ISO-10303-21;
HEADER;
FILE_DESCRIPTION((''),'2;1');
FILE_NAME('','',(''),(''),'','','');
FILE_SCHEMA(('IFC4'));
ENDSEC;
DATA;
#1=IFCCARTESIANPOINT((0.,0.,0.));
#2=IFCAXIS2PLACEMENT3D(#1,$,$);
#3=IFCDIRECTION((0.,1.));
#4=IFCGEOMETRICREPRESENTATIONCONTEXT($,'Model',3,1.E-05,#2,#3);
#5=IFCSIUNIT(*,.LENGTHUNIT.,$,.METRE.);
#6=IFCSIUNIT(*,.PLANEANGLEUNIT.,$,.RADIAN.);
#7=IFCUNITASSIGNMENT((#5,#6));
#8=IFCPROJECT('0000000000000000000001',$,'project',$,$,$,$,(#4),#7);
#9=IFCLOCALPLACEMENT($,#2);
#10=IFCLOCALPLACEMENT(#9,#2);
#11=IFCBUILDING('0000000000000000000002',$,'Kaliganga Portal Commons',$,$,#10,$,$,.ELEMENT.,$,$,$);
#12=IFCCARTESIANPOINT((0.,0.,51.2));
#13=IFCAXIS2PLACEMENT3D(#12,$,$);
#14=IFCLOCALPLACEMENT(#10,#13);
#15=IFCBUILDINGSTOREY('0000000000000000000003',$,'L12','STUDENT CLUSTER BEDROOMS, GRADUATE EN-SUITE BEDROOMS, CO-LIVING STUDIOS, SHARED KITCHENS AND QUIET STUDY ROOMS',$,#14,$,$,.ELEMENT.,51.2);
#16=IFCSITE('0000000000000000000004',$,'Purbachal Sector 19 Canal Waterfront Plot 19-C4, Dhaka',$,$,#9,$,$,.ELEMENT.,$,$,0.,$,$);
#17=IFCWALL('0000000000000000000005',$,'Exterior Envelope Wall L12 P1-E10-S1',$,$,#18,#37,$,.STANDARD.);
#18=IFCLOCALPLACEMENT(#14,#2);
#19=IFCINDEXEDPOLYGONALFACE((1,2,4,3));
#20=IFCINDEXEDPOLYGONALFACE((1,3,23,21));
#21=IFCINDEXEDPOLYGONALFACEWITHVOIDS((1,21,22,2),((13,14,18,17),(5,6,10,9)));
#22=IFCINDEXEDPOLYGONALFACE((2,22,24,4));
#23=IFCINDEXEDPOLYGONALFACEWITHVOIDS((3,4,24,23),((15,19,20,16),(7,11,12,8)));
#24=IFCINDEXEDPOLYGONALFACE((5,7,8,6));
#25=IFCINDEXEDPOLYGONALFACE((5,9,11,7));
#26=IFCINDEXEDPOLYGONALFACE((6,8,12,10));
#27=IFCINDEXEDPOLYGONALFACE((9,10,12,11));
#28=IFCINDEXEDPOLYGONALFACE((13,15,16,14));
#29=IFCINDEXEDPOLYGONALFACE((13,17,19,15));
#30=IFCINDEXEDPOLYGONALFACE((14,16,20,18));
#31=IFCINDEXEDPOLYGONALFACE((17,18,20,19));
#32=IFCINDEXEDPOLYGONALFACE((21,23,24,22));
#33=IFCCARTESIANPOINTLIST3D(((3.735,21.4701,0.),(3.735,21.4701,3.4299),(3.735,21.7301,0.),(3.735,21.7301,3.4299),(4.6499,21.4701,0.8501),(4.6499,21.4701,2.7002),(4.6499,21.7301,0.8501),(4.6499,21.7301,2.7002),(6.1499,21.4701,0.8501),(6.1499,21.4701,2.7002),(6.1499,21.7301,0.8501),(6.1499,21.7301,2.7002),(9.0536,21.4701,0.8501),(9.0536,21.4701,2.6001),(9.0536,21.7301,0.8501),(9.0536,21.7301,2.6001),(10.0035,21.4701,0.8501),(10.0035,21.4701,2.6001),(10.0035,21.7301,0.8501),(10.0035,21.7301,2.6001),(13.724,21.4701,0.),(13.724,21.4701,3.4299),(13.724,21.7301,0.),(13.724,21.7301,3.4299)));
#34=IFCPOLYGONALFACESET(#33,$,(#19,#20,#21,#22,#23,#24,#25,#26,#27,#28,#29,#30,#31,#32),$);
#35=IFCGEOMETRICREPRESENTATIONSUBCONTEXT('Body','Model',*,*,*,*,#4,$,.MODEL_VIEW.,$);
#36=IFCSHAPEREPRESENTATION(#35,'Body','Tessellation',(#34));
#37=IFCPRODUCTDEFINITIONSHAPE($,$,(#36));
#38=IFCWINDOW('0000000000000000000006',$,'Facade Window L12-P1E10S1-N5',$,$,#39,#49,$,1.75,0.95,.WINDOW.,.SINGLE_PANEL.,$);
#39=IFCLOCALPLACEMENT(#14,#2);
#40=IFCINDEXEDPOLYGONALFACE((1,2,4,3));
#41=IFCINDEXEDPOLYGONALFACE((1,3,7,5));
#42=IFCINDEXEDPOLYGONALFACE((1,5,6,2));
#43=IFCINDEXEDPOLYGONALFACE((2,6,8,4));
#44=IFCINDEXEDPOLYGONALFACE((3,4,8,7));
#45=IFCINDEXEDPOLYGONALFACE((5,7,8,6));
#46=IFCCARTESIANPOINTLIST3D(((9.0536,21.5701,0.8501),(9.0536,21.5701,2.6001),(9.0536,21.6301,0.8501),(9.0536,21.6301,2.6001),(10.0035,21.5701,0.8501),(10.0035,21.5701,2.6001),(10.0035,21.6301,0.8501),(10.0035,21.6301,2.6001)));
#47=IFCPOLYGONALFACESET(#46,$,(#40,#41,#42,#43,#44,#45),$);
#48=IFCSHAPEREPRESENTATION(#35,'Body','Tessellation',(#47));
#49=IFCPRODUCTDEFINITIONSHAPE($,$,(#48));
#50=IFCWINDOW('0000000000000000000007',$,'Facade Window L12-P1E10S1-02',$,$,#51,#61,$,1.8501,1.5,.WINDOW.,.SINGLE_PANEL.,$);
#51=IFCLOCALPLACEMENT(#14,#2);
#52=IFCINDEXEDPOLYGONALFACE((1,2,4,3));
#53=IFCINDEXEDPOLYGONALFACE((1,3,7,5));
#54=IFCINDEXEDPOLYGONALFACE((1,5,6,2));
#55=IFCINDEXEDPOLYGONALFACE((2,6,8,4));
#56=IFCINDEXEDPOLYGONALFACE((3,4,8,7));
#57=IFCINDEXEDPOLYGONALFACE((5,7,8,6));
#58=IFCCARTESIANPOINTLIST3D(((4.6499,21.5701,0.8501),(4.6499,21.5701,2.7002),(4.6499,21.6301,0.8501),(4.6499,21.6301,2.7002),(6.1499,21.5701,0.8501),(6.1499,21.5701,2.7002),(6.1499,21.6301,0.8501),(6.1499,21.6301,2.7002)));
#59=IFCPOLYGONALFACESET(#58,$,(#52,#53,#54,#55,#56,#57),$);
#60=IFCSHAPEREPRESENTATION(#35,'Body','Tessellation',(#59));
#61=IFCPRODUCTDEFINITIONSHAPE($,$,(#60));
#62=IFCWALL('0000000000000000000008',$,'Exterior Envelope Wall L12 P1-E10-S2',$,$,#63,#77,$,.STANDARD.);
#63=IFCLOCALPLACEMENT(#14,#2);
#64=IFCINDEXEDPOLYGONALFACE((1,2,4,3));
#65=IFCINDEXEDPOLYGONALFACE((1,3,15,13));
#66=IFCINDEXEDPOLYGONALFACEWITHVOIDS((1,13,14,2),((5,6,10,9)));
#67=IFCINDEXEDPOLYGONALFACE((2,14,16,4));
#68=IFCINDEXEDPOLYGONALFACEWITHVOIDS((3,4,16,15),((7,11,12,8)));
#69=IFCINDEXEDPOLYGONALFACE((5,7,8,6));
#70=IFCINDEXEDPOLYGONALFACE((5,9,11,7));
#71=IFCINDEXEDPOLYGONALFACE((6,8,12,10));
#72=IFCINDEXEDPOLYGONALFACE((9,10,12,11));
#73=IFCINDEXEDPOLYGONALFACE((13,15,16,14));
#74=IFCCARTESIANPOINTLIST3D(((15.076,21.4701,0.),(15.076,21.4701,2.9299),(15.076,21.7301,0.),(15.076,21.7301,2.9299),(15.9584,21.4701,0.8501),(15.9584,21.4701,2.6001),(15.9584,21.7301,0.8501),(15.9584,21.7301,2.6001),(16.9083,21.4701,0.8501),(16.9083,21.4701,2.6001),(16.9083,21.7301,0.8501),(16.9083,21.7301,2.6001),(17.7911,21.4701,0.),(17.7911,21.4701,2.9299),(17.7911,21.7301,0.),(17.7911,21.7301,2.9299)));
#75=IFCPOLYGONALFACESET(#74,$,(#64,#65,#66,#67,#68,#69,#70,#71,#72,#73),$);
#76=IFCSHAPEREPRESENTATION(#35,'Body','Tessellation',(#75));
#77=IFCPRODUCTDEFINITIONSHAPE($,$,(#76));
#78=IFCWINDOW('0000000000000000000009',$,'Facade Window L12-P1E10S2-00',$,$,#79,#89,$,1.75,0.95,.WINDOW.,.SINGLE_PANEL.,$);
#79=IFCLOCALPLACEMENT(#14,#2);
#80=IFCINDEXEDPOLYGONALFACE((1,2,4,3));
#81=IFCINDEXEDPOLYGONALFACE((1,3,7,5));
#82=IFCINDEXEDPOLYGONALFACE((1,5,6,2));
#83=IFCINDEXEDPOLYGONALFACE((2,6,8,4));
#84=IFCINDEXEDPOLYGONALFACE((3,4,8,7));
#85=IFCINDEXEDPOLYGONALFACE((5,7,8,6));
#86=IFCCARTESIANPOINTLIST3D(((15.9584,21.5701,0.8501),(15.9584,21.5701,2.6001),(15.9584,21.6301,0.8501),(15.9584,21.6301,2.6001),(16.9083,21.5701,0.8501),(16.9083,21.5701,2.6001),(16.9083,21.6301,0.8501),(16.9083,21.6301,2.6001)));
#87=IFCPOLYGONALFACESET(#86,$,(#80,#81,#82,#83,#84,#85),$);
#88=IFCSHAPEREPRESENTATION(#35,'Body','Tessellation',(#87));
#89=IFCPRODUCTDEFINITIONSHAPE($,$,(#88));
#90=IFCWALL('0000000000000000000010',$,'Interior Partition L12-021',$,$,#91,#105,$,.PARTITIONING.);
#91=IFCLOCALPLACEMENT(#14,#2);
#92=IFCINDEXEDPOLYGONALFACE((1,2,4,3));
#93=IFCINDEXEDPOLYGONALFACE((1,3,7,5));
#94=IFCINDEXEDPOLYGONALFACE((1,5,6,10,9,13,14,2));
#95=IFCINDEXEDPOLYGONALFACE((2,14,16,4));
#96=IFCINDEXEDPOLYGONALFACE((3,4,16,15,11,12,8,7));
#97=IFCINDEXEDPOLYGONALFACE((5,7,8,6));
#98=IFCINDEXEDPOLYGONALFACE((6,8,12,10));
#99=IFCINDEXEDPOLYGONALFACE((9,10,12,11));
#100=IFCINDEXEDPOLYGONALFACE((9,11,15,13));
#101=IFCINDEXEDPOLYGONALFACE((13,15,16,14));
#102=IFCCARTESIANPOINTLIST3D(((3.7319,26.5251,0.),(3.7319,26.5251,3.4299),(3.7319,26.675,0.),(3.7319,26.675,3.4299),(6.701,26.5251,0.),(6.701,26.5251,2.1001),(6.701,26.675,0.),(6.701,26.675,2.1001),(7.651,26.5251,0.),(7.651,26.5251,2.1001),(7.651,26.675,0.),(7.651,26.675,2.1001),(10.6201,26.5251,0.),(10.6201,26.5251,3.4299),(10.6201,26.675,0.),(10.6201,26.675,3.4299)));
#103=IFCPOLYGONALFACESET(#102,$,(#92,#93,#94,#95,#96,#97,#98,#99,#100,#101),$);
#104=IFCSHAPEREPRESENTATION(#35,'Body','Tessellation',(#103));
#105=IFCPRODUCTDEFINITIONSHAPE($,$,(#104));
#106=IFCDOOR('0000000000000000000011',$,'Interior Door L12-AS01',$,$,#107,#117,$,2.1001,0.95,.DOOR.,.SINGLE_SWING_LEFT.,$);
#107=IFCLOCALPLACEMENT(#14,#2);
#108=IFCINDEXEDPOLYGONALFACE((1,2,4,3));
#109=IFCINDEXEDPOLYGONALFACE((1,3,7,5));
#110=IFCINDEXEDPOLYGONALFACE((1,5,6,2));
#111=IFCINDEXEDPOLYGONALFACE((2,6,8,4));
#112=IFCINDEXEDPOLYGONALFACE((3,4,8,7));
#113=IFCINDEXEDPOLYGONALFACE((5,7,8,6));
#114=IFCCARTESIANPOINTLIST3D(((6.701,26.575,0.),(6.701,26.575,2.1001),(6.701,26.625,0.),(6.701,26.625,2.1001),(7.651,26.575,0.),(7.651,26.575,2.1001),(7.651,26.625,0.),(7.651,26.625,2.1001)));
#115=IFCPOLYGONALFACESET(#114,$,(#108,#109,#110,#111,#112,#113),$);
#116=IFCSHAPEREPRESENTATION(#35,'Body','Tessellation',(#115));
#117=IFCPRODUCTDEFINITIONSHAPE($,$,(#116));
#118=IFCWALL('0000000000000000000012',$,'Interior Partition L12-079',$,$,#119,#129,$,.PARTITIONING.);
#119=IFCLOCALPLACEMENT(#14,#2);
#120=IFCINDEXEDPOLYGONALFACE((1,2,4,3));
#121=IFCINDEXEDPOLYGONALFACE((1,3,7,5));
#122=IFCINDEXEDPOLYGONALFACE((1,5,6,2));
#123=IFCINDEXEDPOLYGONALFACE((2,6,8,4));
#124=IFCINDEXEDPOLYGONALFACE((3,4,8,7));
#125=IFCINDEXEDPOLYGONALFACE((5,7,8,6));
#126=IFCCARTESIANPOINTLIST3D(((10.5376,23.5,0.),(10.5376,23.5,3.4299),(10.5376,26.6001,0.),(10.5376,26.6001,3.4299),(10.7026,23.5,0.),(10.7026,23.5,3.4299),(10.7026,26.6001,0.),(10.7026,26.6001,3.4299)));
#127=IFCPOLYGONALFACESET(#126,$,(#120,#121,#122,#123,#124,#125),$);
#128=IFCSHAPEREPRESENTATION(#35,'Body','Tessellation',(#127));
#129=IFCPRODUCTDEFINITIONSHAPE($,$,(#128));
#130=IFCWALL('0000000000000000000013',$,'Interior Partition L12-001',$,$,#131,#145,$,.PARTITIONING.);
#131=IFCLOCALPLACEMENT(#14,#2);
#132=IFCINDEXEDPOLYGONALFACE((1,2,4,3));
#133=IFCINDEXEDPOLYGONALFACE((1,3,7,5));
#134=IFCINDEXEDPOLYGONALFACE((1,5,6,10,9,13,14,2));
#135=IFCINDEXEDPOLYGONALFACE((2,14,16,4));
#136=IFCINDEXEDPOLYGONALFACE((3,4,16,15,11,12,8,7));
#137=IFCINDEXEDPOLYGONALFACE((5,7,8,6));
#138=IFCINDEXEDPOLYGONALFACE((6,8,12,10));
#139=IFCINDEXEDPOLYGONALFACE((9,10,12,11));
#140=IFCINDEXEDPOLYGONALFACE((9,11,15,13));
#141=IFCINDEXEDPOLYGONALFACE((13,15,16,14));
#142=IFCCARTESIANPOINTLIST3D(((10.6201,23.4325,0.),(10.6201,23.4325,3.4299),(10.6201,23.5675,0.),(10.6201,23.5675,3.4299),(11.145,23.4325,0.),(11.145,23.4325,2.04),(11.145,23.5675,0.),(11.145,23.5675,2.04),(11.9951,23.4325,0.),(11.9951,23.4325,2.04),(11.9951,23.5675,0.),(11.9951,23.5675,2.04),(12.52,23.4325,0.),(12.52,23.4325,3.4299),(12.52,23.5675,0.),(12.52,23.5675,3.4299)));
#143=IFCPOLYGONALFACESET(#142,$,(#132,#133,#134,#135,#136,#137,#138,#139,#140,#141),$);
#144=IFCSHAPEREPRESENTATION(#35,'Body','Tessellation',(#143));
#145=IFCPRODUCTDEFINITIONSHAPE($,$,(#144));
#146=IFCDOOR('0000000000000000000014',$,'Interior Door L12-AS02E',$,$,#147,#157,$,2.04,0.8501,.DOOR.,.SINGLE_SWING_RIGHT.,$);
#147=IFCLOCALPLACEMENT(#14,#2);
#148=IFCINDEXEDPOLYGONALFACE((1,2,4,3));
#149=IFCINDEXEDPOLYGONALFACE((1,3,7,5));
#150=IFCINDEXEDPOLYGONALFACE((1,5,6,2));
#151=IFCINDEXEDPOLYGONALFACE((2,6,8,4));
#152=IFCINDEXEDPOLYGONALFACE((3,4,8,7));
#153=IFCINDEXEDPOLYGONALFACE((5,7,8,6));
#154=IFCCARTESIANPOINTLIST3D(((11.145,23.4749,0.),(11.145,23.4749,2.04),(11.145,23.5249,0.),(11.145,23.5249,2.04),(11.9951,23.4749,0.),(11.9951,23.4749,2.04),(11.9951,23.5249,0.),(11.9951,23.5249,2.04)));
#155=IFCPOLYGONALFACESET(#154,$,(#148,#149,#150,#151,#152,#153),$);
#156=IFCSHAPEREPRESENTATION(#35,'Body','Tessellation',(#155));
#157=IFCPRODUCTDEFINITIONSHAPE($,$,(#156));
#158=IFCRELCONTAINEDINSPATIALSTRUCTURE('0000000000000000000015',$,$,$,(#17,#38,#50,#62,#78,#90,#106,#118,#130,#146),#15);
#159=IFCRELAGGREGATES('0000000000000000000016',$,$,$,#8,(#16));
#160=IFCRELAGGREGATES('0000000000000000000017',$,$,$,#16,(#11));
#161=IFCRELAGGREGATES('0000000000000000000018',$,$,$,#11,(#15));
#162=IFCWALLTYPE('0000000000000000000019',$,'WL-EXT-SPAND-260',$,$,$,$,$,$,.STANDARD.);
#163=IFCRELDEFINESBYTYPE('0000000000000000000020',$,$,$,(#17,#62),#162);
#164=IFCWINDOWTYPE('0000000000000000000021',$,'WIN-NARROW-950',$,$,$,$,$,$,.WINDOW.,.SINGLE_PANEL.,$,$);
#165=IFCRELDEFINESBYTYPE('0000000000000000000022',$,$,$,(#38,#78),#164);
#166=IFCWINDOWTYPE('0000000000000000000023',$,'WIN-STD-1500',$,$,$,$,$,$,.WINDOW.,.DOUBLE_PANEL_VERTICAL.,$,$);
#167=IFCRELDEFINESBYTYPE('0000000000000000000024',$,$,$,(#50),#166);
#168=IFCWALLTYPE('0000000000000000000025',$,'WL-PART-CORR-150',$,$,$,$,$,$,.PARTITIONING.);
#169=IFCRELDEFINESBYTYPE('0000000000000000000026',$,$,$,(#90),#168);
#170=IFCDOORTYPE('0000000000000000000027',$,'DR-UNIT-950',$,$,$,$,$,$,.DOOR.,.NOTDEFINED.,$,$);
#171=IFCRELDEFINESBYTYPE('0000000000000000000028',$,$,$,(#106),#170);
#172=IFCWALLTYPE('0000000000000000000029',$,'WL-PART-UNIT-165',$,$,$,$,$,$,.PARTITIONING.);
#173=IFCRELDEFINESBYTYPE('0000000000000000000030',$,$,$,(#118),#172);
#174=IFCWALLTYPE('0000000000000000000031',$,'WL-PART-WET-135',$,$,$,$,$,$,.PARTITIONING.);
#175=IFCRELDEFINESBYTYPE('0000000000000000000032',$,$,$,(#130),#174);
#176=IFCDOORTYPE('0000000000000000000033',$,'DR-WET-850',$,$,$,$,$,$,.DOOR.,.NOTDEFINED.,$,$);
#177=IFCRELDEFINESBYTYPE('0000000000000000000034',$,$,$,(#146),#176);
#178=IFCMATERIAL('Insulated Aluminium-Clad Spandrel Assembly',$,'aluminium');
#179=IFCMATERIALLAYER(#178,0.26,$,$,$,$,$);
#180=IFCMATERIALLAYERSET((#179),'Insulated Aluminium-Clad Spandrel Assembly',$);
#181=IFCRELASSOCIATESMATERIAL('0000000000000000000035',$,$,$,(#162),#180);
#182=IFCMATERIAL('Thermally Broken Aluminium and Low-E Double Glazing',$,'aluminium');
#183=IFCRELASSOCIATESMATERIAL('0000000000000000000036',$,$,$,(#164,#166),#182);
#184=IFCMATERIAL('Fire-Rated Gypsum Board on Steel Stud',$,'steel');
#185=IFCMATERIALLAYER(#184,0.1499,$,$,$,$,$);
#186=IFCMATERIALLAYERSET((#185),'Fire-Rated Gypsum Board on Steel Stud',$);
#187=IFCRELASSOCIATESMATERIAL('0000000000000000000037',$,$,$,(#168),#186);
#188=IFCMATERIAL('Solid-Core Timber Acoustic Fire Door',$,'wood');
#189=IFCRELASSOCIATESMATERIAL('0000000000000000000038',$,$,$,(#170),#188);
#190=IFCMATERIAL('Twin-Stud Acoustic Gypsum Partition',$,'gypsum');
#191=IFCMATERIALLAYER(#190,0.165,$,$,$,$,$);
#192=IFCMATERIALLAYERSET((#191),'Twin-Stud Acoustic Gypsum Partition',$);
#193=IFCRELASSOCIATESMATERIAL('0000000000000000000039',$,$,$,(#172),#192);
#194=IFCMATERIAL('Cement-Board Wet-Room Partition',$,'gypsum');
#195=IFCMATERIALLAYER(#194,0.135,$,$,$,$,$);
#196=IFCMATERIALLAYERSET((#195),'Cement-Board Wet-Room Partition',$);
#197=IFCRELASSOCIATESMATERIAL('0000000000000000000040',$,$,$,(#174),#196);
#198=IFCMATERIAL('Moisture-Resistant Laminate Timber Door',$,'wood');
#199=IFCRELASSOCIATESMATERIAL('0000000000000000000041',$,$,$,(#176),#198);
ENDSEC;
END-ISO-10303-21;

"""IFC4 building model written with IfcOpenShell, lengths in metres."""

from ifc_helpers import new_model, si_unit, direction, frame, frame_2d, origin, place, context, subcontext, project, spatial, rectangle, extrude, material, layer, layer_set, type_object, element, fill, save


model = new_model("IFC4")

# Units and contexts
model_context = context("Model", 3, precision=1e-05, world=origin(), true_north=direction((0.0, 1.0)))
body_context = subcontext(model_context, "Body", "Model", "MODEL_VIEW")
ifc_project = project(units=[si_unit("LENGTHUNIT", "METRE"), si_unit("PLANEANGLEUNIT", "RADIAN")], contexts=[model_context])

# Site, building, storey
site_placement = place(None, origin())
site = spatial("IfcSite", under=ifc_project, at=site_placement, Name="Purbachal Sector 19 Canal Waterfront Plot 19-C4, Dhaka", CompositionType="ELEMENT", RefElevation=0.0)
building_placement = place(site_placement, origin())
building = spatial("IfcBuilding", under=site, at=building_placement, Name="Kaliganga Portal Commons", CompositionType="ELEMENT")
storey_placement = place(building_placement, frame((0.0, 0.0, 51.2)))
storey = spatial("IfcBuildingStorey", under=building, at=storey_placement, Name="L12", Description="STUDENT CLUSTER BEDROOMS, GRADUATE EN-SUITE BEDROOMS, CO-LIVING STUDIOS, SHARED KITCHENS AND QUIET STUDY ROOMS", CompositionType="ELEMENT", Elevation=51.2)

# Wall, openings, windows
ifc_material_1 = material(Name="Insulated Aluminium-Clad Spandrel Assembly", Category="aluminium")
ifc_layer_1 = layer(ifc_material_1, 0.26)
ifc_layer_set_1 = layer_set([ifc_layer_1], Name="Insulated Aluminium-Clad Spandrel Assembly")
wall_type_1 = type_object("IfcWallType", Name="WL-EXT-SPAND-260", PredefinedType="STANDARD", material=ifc_layer_set_1)
ifc_material_2 = material(Name="Thermally Broken Aluminium and Low-E Double Glazing", Category="aluminium")
window_type_1 = type_object("IfcWindowType", Name="WIN-NARROW-950", PartitioningType="SINGLE_PANEL", PredefinedType="WINDOW", material=ifc_material_2)
window_type_2 = type_object("IfcWindowType", Name="WIN-STD-1500", PartitioningType="DOUBLE_PANEL_VERTICAL", PredefinedType="WINDOW", material=ifc_material_2)
wall_1_placement = place(storey_placement, frame((13.7241, 21.6001, 0.0), z_axis=(0.0, 0.0, 1.0), x_axis=(-1.0, 0.0, 0.0)))
wall_1 = element("IfcWall", 1, at=wall_1_placement, inside=storey, type_object=wall_type_1, Name="Exterior Envelope Wall L12 P1-E10-S1", PredefinedType="STANDARD", context=body_context, shape_type="SweptSolid", body=[
    extrude(rectangle(XDim=9.989, YDim=0.26, at=frame_2d((4.9946, 0.0))), origin(), (0.0, 0.0, 1.0), 3.4299),
])
opening_1_placement = place(wall_1_placement, frame((7.5742, 0.0, 0.8501)))
opening_1 = element("IfcOpeningElement", 2, at=opening_1_placement, cuts=wall_1, PredefinedType="OPENING", context=body_context, shape_type="SweptSolid", body=[
    extrude(rectangle(XDim=1.5, YDim=1.8501, at=frame_2d((0.75, 0.925))), frame((0.0, 0.1401, 0.0), z_axis=(0.0, -1.0, 0.0), x_axis=(1.0, 0.0, 0.0)), (0.0, 0.0, 1.0), 0.28),
])
opening_2_placement = place(wall_1_placement, frame((3.7205, 0.0, 0.8501)))
opening_2 = element("IfcOpeningElement", 3, at=opening_2_placement, cuts=wall_1, PredefinedType="OPENING", context=body_context, shape_type="SweptSolid", body=[
    extrude(rectangle(XDim=0.95, YDim=1.75, at=frame_2d((0.4751, 0.875))), frame((0.0, 0.1401, 0.0), z_axis=(0.0, -1.0, 0.0), x_axis=(1.0, 0.0, 0.0)), (0.0, 0.0, 1.0), 0.28),
])
window_1_placement = place(opening_2_placement, origin())
window_1 = element("IfcWindow", 4, at=window_1_placement, inside=storey, type_object=window_type_1, Name="Facade Window L12-P1E10S1-N5", OverallHeight=1.75, OverallWidth=0.95, PartitioningType="SINGLE_PANEL", PredefinedType="WINDOW", context=body_context, shape_type="SweptSolid", body=[
    extrude(rectangle(XDim=0.95, YDim=1.75, at=frame_2d((0.4751, 0.875))), frame((0.0, 0.03, 0.0), z_axis=(0.0, -1.0, 0.0), x_axis=(1.0, 0.0, 0.0)), (0.0, 0.0, 1.0), 0.0601),
])
fill(opening_2, window_1)
window_2_placement = place(opening_1_placement, origin())
window_2 = element("IfcWindow", 5, at=window_2_placement, inside=storey, type_object=window_type_2, Name="Facade Window L12-P1E10S1-02", OverallHeight=1.8501, OverallWidth=1.5, PartitioningType="SINGLE_PANEL", PredefinedType="WINDOW", context=body_context, shape_type="SweptSolid", body=[
    extrude(rectangle(XDim=1.5, YDim=1.8501, at=frame_2d((0.75, 0.925))), frame((0.0, 0.03, 0.0), z_axis=(0.0, -1.0, 0.0), x_axis=(1.0, 0.0, 0.0)), (0.0, 0.0, 1.0), 0.0601),
])
fill(opening_1, window_2)

# Wall, opening, window
wall_2_placement = place(storey_placement, frame((17.791, 21.6001, 0.0), z_axis=(0.0, 0.0, 1.0), x_axis=(-1.0, 0.0, 0.0)))
wall_2 = element("IfcWall", 6, at=wall_2_placement, inside=storey, type_object=wall_type_1, Name="Exterior Envelope Wall L12 P1-E10-S2", PredefinedType="STANDARD", context=body_context, shape_type="SweptSolid", body=[
    extrude(rectangle(XDim=2.7151, YDim=0.26, at=frame_2d((1.3574, 0.0))), origin(), (0.0, 0.0, 1.0), 2.9299),
])
opening_3_placement = place(wall_2_placement, frame((0.8826, 0.0, 0.8501)))
opening_3 = element("IfcOpeningElement", 7, at=opening_3_placement, cuts=wall_2, PredefinedType="OPENING", context=body_context, shape_type="SweptSolid", body=[
    extrude(rectangle(XDim=0.95, YDim=1.75, at=frame_2d((0.4751, 0.875))), frame((0.0, 0.1401, 0.0), z_axis=(0.0, -1.0, 0.0), x_axis=(1.0, 0.0, 0.0)), (0.0, 0.0, 1.0), 0.28),
])
window_3_placement = place(opening_3_placement, origin())
window_3 = element("IfcWindow", 8, at=window_3_placement, inside=storey, type_object=window_type_1, Name="Facade Window L12-P1E10S2-00", OverallHeight=1.75, OverallWidth=0.95, PartitioningType="SINGLE_PANEL", PredefinedType="WINDOW", context=body_context, shape_type="SweptSolid", body=[
    extrude(rectangle(XDim=0.95, YDim=1.75, at=frame_2d((0.4751, 0.875))), frame((0.0, 0.03, 0.0), z_axis=(0.0, -1.0, 0.0), x_axis=(1.0, 0.0, 0.0)), (0.0, 0.0, 1.0), 0.0601),
])
fill(opening_3, window_3)

# Wall, opening, door
ifc_material_3 = material(Name="Fire-Rated Gypsum Board on Steel Stud", Category="steel")
ifc_layer_2 = layer(ifc_material_3, 0.1499)
ifc_layer_set_2 = layer_set([ifc_layer_2], Name="Fire-Rated Gypsum Board on Steel Stud")
wall_type_2 = type_object("IfcWallType", Name="WL-PART-CORR-150", PredefinedType="PARTITIONING", material=ifc_layer_set_2)
wall_3_placement = place(storey_placement, frame((3.7319, 26.6001, 0.0), z_axis=(0.0, 0.0, 1.0), x_axis=(1.0, 0.0, 0.0)))
wall_3 = element("IfcWall", 9, at=wall_3_placement, inside=storey, type_object=wall_type_2, Name="Interior Partition L12-021", PredefinedType="PARTITIONING", context=body_context, shape_type="SweptSolid", body=[
    extrude(rectangle(XDim=6.8882, YDim=0.1499, at=frame_2d((3.4441, 0.0))), origin(), (0.0, 0.0, 1.0), 3.4299),
])
opening_4_placement = place(wall_3_placement, frame((2.969, 0.0, 0.0)))
opening_4 = element("IfcOpeningElement", 10, at=opening_4_placement, cuts=wall_3, PredefinedType="OPENING", context=body_context, shape_type="SweptSolid", body=[
    extrude(rectangle(XDim=0.95, YDim=2.1001, at=frame_2d((0.4751, 1.05))), frame((0.0, 0.085, 0.0), z_axis=(0.0, -1.0, 0.0), x_axis=(1.0, 0.0, 0.0)), (0.0, 0.0, 1.0), 0.1699),
])
ifc_material_4 = material(Name="Solid-Core Timber Acoustic Fire Door", Category="wood")
door_type_1 = type_object("IfcDoorType", Name="DR-UNIT-950", OperationType="NOTDEFINED", PredefinedType="DOOR", material=ifc_material_4)
door_1_placement = place(opening_4_placement, origin())
door_1 = element("IfcDoor", 11, at=door_1_placement, inside=storey, type_object=door_type_1, Name="Interior Door L12-AS01", OperationType="SINGLE_SWING_LEFT", OverallHeight=2.1001, OverallWidth=0.95, PredefinedType="DOOR", context=body_context, shape_type="SweptSolid", body=[
    extrude(rectangle(XDim=0.95, YDim=2.1001, at=frame_2d((0.4751, 1.05))), frame((0.0, 0.0249, 0.0), z_axis=(0.0, -1.0, 0.0), x_axis=(1.0, 0.0, 0.0)), (0.0, 0.0, 1.0), 0.05),
])
fill(opening_4, door_1)

# Wall
ifc_material_5 = material(Name="Twin-Stud Acoustic Gypsum Partition", Category="gypsum")
ifc_layer_3 = layer(ifc_material_5, 0.165)
ifc_layer_set_3 = layer_set([ifc_layer_3], Name="Twin-Stud Acoustic Gypsum Partition")
wall_type_3 = type_object("IfcWallType", Name="WL-PART-UNIT-165", PredefinedType="PARTITIONING", material=ifc_layer_set_3)
wall_4_placement = place(storey_placement, frame((10.6201, 23.5, 0.0), z_axis=(0.0, 0.0, 1.0), x_axis=(0.0, 1.0, 0.0)))
element("IfcWall", 12, at=wall_4_placement, inside=storey, type_object=wall_type_3, Name="Interior Partition L12-079", PredefinedType="PARTITIONING", context=body_context, shape_type="SweptSolid", body=[
    extrude(rectangle(XDim=3.1001, YDim=0.165, at=frame_2d((1.55, 0.0))), origin(), (0.0, 0.0, 1.0), 3.4299),
])

# Wall, opening, door
ifc_material_6 = material(Name="Cement-Board Wet-Room Partition", Category="gypsum")
ifc_layer_4 = layer(ifc_material_6, 0.135)
ifc_layer_set_4 = layer_set([ifc_layer_4], Name="Cement-Board Wet-Room Partition")
wall_type_4 = type_object("IfcWallType", Name="WL-PART-WET-135", PredefinedType="PARTITIONING", material=ifc_layer_set_4)
wall_5_placement = place(storey_placement, frame((10.6201, 23.5, 0.0), z_axis=(0.0, 0.0, 1.0), x_axis=(1.0, 0.0, 0.0)))
wall_5 = element("IfcWall", 13, at=wall_5_placement, inside=storey, type_object=wall_type_4, Name="Interior Partition L12-001", PredefinedType="PARTITIONING", context=body_context, shape_type="SweptSolid", body=[
    extrude(rectangle(XDim=1.8999, YDim=0.135, at=frame_2d((0.95, 0.0))), origin(), (0.0, 0.0, 1.0), 3.4299),
])
opening_5_placement = place(wall_5_placement, frame((0.5249, 0.0, 0.0)))
opening_5 = element("IfcOpeningElement", 14, at=opening_5_placement, cuts=wall_5, PredefinedType="OPENING", context=body_context, shape_type="SweptSolid", body=[
    extrude(rectangle(XDim=0.8501, YDim=2.04, at=frame_2d((0.425, 1.02))), frame((0.0, 0.0776, 0.0), z_axis=(0.0, -1.0, 0.0), x_axis=(1.0, 0.0, 0.0)), (0.0, 0.0, 1.0), 0.155),
])
ifc_material_7 = material(Name="Moisture-Resistant Laminate Timber Door", Category="wood")
door_type_2 = type_object("IfcDoorType", Name="DR-WET-850", OperationType="NOTDEFINED", PredefinedType="DOOR", material=ifc_material_7)
door_2_placement = place(opening_5_placement, origin())
door_2 = element("IfcDoor", 15, at=door_2_placement, inside=storey, type_object=door_type_2, Name="Interior Door L12-AS02E", OperationType="SINGLE_SWING_RIGHT", OverallHeight=2.04, OverallWidth=0.8501, PredefinedType="DOOR", context=body_context, shape_type="SweptSolid", body=[
    extrude(rectangle(XDim=0.8501, YDim=2.04, at=frame_2d((0.425, 1.02))), frame((0.0, 0.0249, 0.0), z_axis=(0.0, -1.0, 0.0), x_axis=(1.0, 0.0, 0.0)), (0.0, 0.0, 1.0), 0.05),
])
fill(opening_5, door_2)

save(model, "model.ifc")
